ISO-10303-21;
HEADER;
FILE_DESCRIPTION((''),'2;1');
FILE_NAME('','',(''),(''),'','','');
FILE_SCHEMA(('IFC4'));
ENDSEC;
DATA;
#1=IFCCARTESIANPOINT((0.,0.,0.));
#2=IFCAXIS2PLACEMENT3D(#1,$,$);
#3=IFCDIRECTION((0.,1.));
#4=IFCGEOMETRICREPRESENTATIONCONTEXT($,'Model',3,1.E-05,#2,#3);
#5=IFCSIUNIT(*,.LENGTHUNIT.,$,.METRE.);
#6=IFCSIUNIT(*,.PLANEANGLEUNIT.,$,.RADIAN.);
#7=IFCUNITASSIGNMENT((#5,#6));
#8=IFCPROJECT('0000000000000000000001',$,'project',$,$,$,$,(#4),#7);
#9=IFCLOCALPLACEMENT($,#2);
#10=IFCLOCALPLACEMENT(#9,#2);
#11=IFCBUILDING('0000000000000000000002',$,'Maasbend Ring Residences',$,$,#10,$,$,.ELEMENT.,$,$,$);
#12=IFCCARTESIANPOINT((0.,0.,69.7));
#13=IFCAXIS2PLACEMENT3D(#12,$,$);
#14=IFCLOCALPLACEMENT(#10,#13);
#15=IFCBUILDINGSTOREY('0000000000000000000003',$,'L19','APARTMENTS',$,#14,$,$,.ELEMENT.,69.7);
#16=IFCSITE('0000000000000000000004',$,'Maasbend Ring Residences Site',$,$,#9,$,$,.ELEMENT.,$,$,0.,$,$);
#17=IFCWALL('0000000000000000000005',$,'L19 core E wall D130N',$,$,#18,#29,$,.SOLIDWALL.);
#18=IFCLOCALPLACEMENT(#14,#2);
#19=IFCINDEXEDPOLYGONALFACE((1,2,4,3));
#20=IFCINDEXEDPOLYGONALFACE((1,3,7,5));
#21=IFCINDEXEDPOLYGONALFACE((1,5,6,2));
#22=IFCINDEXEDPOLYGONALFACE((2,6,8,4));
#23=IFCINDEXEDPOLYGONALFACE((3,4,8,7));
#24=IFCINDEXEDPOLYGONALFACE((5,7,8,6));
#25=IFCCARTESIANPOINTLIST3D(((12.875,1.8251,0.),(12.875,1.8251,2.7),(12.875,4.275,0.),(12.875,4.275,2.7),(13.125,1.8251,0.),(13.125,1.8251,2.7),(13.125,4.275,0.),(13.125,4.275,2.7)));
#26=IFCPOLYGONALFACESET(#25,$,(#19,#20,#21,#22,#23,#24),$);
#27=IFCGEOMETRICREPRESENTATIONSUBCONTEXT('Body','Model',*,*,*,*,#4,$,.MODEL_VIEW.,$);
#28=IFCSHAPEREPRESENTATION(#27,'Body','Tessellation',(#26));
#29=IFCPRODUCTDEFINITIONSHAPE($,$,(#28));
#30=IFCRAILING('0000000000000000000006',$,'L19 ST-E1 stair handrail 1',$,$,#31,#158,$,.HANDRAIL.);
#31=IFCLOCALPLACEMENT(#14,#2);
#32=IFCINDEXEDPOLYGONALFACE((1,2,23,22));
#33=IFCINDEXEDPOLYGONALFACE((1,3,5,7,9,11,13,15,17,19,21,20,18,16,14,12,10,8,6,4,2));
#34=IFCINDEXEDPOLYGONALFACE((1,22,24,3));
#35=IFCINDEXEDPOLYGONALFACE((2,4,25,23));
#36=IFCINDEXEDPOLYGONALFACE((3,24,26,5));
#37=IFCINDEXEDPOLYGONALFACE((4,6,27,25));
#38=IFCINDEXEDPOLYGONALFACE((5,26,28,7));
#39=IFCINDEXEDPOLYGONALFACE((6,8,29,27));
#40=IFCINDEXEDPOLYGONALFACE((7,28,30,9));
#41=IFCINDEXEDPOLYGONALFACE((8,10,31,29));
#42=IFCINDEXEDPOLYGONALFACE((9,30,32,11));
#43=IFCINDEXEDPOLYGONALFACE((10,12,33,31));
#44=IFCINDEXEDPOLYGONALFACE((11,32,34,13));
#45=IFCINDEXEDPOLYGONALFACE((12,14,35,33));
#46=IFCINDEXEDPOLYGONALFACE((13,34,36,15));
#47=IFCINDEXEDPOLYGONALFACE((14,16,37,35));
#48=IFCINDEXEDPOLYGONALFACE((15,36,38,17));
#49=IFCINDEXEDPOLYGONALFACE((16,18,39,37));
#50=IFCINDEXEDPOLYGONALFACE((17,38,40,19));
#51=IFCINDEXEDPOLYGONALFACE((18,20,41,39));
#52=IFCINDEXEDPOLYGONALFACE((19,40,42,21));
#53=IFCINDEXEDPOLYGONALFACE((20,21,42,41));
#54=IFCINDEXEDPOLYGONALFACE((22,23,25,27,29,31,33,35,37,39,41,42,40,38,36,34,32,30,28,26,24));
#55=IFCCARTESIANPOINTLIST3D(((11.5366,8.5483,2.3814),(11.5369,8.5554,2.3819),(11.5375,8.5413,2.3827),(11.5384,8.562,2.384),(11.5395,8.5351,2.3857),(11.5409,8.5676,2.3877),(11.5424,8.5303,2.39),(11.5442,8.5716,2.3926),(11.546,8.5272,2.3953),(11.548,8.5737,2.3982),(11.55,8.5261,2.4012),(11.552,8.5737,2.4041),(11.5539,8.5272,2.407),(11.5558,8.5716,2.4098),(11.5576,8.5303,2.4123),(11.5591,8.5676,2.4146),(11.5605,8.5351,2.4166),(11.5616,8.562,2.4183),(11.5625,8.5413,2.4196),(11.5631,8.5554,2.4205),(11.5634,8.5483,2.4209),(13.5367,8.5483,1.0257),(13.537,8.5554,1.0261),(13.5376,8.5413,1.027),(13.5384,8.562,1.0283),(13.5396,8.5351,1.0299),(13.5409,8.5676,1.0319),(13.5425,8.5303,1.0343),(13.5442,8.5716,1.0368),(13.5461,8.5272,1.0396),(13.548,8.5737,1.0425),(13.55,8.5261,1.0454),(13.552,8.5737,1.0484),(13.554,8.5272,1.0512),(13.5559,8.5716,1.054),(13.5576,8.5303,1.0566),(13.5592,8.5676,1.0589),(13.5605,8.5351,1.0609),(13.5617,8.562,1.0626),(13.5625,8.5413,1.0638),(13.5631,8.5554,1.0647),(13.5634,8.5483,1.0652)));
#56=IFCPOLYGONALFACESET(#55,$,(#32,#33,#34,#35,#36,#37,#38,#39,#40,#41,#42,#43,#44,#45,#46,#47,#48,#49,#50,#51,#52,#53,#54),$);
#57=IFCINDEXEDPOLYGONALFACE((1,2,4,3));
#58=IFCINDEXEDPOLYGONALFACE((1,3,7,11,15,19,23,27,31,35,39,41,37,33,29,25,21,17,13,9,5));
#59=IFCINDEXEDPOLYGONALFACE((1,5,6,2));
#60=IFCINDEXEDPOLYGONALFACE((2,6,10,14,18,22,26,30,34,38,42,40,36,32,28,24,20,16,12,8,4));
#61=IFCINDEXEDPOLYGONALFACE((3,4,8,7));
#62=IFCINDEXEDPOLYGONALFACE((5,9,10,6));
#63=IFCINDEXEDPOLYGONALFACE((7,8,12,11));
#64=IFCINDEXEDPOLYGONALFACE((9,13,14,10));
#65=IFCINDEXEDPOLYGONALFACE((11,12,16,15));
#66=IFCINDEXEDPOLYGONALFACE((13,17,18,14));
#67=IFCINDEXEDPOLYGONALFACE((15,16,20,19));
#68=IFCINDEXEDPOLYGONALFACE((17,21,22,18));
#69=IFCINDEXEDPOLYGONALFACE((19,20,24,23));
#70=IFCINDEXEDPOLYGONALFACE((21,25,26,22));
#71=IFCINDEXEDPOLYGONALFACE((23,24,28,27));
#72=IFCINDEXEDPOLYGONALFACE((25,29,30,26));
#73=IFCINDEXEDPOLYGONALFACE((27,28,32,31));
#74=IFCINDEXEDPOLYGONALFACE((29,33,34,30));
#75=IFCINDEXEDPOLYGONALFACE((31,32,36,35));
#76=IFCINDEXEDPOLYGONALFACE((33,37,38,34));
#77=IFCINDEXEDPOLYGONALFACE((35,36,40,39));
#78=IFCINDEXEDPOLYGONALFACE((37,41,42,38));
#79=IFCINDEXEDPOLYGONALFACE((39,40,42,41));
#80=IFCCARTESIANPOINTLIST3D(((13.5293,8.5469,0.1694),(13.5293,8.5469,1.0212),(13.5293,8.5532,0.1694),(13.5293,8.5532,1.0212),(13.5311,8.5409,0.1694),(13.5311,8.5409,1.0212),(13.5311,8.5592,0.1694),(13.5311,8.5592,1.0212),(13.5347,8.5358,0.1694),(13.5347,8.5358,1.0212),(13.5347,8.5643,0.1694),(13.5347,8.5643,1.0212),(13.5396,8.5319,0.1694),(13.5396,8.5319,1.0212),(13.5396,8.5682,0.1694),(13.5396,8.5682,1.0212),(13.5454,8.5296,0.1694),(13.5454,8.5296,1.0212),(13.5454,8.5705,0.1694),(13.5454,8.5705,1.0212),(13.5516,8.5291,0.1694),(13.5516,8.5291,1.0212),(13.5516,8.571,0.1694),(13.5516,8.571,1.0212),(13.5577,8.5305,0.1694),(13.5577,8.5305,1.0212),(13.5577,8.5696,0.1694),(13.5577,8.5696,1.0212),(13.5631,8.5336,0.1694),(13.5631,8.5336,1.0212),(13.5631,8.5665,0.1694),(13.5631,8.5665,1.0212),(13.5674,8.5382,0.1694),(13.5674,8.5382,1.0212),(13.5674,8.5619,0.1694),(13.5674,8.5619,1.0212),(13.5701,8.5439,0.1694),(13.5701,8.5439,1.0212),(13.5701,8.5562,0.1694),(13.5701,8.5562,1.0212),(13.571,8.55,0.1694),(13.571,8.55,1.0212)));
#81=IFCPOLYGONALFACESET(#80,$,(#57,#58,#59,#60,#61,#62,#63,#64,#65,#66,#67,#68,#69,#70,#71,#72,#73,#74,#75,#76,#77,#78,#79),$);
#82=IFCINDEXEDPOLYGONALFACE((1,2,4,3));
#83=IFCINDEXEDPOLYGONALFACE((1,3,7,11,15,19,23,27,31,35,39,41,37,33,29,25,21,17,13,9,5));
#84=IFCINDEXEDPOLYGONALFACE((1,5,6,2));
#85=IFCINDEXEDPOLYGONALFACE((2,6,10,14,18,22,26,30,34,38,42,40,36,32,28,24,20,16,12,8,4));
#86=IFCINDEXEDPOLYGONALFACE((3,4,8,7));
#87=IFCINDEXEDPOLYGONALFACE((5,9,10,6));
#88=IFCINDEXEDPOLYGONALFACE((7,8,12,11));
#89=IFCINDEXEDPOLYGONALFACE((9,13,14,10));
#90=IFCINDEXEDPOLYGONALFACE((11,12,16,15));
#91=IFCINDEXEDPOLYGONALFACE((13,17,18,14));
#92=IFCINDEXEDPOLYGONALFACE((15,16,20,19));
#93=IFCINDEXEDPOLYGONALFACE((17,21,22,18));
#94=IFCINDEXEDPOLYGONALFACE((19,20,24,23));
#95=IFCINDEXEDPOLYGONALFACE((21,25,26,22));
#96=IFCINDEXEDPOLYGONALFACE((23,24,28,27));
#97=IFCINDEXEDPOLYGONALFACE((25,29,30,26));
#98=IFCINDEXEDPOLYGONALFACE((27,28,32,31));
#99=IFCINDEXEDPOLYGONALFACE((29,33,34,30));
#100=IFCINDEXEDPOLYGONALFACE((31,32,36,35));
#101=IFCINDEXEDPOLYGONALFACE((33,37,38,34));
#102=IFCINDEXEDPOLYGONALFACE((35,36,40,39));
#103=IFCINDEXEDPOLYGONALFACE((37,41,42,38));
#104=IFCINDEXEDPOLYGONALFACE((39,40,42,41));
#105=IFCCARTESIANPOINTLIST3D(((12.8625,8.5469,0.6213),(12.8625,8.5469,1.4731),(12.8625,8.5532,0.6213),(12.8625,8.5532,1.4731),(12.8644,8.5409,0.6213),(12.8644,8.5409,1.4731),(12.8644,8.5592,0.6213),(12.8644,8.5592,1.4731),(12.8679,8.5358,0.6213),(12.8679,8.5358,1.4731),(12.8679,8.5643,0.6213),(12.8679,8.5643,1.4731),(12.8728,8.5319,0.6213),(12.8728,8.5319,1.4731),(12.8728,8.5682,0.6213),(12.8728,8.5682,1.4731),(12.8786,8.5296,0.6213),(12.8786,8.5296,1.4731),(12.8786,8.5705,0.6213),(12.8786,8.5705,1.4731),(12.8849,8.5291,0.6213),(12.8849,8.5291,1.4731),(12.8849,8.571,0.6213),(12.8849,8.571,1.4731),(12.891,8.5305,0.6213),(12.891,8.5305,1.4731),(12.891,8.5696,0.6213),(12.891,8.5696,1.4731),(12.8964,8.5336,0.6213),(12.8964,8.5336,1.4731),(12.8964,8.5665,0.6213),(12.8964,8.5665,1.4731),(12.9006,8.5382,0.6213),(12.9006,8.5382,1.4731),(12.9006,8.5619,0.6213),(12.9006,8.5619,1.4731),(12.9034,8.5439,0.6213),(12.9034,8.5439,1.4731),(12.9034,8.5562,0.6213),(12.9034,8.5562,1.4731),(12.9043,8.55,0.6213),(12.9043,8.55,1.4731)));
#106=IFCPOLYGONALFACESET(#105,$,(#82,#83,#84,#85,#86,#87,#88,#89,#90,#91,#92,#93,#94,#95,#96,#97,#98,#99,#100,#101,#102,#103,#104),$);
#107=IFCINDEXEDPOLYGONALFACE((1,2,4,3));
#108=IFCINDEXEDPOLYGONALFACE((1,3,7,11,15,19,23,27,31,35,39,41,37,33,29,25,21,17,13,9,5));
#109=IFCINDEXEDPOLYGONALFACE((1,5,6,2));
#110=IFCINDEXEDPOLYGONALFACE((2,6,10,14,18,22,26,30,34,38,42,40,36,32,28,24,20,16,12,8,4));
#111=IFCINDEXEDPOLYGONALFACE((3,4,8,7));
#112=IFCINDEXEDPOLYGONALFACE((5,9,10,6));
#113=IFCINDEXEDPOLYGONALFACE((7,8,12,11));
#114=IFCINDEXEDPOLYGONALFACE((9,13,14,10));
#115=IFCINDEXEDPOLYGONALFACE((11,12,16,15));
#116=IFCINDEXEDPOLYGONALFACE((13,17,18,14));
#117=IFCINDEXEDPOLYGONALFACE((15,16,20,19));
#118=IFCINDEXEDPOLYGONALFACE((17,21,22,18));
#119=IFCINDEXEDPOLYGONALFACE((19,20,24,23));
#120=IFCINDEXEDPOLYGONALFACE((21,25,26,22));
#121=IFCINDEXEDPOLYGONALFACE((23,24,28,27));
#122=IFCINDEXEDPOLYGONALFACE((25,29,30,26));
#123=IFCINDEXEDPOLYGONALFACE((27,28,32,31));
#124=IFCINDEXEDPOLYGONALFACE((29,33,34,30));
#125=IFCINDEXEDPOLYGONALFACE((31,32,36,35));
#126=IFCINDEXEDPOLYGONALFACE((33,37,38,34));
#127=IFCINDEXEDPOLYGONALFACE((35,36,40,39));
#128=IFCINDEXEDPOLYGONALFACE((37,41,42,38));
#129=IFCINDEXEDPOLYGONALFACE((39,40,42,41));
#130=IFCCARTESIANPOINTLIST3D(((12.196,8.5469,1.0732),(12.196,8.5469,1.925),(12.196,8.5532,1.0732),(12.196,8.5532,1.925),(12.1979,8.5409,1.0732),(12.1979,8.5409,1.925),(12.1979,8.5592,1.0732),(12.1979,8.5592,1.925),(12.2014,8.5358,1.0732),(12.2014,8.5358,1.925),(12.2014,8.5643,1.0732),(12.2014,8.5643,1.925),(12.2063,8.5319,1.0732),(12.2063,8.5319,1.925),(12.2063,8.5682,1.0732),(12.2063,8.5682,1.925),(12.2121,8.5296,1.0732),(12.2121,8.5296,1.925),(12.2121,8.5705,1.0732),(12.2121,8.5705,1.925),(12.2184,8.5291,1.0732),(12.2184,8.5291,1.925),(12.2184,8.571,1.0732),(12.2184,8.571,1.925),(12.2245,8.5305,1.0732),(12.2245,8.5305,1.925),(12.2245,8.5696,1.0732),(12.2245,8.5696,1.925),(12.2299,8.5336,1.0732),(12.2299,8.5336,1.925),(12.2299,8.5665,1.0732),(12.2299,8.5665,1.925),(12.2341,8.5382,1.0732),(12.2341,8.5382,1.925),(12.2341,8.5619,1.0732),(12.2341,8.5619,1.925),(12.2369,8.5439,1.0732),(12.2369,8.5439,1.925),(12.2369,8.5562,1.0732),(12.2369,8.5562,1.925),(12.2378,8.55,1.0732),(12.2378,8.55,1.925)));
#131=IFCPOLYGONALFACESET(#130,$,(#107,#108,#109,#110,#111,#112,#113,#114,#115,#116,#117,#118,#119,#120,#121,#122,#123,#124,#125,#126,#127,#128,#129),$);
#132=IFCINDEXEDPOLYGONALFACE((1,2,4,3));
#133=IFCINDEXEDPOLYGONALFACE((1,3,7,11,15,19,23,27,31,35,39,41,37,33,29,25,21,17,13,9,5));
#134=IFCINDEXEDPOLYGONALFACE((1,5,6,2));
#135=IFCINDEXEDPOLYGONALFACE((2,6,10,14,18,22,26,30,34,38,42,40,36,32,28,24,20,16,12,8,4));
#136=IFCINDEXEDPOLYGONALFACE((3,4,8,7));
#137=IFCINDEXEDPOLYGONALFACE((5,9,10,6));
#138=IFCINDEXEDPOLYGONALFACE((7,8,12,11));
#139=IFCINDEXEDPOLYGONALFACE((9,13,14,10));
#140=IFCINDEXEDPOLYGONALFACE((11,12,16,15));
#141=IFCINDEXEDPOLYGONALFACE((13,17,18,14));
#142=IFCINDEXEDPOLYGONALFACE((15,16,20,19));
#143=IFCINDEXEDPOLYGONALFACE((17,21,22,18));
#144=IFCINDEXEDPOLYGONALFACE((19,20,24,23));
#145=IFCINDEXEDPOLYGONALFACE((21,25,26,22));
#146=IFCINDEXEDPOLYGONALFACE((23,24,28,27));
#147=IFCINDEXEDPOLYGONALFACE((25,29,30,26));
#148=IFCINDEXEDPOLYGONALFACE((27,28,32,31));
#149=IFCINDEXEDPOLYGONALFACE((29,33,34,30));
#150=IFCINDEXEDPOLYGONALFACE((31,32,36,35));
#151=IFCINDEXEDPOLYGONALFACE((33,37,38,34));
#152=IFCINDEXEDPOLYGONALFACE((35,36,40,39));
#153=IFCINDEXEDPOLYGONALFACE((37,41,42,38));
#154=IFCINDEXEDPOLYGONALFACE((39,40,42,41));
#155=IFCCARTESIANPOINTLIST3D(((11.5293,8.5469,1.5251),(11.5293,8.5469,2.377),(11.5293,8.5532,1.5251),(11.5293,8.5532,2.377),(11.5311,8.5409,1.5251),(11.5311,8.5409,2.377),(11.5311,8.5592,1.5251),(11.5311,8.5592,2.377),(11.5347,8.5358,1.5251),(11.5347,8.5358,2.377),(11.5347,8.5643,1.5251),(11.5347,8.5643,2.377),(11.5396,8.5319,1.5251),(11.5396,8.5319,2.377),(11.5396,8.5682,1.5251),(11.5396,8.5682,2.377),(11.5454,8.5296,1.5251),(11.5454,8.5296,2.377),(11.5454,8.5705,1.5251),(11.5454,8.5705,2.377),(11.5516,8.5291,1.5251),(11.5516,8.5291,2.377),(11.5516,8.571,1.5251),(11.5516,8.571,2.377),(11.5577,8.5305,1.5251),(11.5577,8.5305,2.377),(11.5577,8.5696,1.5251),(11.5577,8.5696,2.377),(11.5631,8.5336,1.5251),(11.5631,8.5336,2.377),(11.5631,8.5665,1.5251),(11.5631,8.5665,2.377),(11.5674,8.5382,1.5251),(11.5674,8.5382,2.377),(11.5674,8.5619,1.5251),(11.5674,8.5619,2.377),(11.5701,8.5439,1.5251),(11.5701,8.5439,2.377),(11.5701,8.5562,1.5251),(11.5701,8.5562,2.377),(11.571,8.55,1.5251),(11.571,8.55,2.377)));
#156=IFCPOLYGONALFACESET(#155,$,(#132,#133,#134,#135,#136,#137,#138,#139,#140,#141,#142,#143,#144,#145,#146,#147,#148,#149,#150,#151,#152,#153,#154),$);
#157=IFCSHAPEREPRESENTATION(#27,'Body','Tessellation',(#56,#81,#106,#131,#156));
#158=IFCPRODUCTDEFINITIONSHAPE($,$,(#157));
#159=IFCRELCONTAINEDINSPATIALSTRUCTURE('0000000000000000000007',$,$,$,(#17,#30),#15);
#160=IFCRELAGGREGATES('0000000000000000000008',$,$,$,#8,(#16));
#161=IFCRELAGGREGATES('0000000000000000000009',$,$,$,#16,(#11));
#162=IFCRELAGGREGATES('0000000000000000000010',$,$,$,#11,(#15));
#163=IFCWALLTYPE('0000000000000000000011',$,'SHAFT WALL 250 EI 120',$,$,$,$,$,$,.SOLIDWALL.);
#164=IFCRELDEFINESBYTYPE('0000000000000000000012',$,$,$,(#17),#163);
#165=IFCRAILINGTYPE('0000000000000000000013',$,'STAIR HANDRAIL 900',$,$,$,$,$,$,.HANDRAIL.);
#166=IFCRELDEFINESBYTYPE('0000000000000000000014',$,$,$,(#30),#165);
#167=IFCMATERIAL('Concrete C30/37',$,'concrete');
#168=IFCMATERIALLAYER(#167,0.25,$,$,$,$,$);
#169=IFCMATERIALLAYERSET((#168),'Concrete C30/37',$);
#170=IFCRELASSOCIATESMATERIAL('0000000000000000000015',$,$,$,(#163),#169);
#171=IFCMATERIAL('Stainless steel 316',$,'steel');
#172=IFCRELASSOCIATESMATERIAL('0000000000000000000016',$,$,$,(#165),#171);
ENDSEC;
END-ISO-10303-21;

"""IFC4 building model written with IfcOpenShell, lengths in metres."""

from ifc_helpers import new_model, si_unit, direction, frame, frame_2d, origin, origin_2d, place, context, subcontext, project, spatial, rectangle, circle, extrude, material, layer, layer_set, type_object, element, save


model = new_model("IFC4")

# Units and contexts
model_context = context("Model", 3, precision=1e-05, world=origin(), true_north=direction((0.0, 1.0)))
body_context = subcontext(model_context, "Body", "Model", "MODEL_VIEW")
ifc_project = project(units=[si_unit("LENGTHUNIT", "METRE"), si_unit("PLANEANGLEUNIT", "RADIAN")], contexts=[model_context])

# Site, building, storey
site_placement = place(None, origin())
site = spatial("IfcSite", under=ifc_project, at=site_placement, Name="Maasbend Ring Residences Site", CompositionType="ELEMENT", RefElevation=0.0)
building_placement = place(site_placement, origin())
building = spatial("IfcBuilding", under=site, at=building_placement, Name="Maasbend Ring Residences", CompositionType="ELEMENT")
storey_placement = place(building_placement, frame((0.0, 0.0, 69.7)))
storey = spatial("IfcBuildingStorey", under=building, at=storey_placement, Name="L19", Description="APARTMENTS", CompositionType="ELEMENT", Elevation=69.7)

# Wall
ifc_material_1 = material(Name="Concrete C30/37", Category="concrete")
ifc_layer_1 = layer(ifc_material_1, 0.25)
ifc_layer_set_1 = layer_set([ifc_layer_1], Name="Concrete C30/37")
wall_type_1 = type_object("IfcWallType", Name="SHAFT WALL 250 EI 120", PredefinedType="SOLIDWALL", material=ifc_layer_set_1)
for number, where, z_axis, x_axis, name in (
    (1, (13.0, 1.825, 0.0), (0.0, 0.0, 1.0), (0.0, 1.0, 0.0), "L19 core E wall D130N"),
):
    element("IfcWall", number, at=place(storey_placement, frame(where, z_axis=z_axis, x_axis=x_axis)), inside=storey, type_object=wall_type_1, Name=name, PredefinedType="SOLIDWALL", context=body_context, shape_type="SweptSolid", body=[
        extrude(rectangle(XDim=2.45, YDim=0.25, at=frame_2d((1.2251, 0.0))), origin(), (0.0, 0.0, 1.0), 2.7),
    ])

# Railing
ifc_material_2 = material(Name="Stainless steel 316", Category="steel")
railing_type_1 = type_object("IfcRailingType", Name="STAIR HANDRAIL 900", PredefinedType="HANDRAIL", material=ifc_material_2)
railing_1_placement = place(storey_placement, frame((13.55, 8.55, 0.1694)))
element("IfcRailing", 2, at=railing_1_placement, inside=storey, type_object=railing_type_1, Name="L19 ST-E1 stair handrail 1", PredefinedType="HANDRAIL", context=body_context, shape_type="SweptSolid", body=[
    extrude(circle(Radius=0.0239, at=origin_2d()), frame((0.0, 0.0, 0.876), z_axis=(-0.827751, 0.0, 0.561096), x_axis=(0.0, -1.0, 0.0)), (0.0, 0.0, 1.0), 2.4163),
    extrude(circle(Radius=0.021, at=origin_2d()), origin(), (0.0, 0.0, 1.0), 0.8518),
    extrude(circle(Radius=0.021, at=origin_2d()), frame((-0.6667, 0.0, 0.4519)), (0.0, 0.0, 1.0), 0.8518),
    extrude(circle(Radius=0.021, at=origin_2d()), frame((-1.3333, 0.0, 0.9038)), (0.0, 0.0, 1.0), 0.8518),
    extrude(circle(Radius=0.021, at=origin_2d()), frame((-2.0, 0.0, 1.3557)), (0.0, 0.0, 1.0), 0.8518),
])

save(model, "model.ifc")
